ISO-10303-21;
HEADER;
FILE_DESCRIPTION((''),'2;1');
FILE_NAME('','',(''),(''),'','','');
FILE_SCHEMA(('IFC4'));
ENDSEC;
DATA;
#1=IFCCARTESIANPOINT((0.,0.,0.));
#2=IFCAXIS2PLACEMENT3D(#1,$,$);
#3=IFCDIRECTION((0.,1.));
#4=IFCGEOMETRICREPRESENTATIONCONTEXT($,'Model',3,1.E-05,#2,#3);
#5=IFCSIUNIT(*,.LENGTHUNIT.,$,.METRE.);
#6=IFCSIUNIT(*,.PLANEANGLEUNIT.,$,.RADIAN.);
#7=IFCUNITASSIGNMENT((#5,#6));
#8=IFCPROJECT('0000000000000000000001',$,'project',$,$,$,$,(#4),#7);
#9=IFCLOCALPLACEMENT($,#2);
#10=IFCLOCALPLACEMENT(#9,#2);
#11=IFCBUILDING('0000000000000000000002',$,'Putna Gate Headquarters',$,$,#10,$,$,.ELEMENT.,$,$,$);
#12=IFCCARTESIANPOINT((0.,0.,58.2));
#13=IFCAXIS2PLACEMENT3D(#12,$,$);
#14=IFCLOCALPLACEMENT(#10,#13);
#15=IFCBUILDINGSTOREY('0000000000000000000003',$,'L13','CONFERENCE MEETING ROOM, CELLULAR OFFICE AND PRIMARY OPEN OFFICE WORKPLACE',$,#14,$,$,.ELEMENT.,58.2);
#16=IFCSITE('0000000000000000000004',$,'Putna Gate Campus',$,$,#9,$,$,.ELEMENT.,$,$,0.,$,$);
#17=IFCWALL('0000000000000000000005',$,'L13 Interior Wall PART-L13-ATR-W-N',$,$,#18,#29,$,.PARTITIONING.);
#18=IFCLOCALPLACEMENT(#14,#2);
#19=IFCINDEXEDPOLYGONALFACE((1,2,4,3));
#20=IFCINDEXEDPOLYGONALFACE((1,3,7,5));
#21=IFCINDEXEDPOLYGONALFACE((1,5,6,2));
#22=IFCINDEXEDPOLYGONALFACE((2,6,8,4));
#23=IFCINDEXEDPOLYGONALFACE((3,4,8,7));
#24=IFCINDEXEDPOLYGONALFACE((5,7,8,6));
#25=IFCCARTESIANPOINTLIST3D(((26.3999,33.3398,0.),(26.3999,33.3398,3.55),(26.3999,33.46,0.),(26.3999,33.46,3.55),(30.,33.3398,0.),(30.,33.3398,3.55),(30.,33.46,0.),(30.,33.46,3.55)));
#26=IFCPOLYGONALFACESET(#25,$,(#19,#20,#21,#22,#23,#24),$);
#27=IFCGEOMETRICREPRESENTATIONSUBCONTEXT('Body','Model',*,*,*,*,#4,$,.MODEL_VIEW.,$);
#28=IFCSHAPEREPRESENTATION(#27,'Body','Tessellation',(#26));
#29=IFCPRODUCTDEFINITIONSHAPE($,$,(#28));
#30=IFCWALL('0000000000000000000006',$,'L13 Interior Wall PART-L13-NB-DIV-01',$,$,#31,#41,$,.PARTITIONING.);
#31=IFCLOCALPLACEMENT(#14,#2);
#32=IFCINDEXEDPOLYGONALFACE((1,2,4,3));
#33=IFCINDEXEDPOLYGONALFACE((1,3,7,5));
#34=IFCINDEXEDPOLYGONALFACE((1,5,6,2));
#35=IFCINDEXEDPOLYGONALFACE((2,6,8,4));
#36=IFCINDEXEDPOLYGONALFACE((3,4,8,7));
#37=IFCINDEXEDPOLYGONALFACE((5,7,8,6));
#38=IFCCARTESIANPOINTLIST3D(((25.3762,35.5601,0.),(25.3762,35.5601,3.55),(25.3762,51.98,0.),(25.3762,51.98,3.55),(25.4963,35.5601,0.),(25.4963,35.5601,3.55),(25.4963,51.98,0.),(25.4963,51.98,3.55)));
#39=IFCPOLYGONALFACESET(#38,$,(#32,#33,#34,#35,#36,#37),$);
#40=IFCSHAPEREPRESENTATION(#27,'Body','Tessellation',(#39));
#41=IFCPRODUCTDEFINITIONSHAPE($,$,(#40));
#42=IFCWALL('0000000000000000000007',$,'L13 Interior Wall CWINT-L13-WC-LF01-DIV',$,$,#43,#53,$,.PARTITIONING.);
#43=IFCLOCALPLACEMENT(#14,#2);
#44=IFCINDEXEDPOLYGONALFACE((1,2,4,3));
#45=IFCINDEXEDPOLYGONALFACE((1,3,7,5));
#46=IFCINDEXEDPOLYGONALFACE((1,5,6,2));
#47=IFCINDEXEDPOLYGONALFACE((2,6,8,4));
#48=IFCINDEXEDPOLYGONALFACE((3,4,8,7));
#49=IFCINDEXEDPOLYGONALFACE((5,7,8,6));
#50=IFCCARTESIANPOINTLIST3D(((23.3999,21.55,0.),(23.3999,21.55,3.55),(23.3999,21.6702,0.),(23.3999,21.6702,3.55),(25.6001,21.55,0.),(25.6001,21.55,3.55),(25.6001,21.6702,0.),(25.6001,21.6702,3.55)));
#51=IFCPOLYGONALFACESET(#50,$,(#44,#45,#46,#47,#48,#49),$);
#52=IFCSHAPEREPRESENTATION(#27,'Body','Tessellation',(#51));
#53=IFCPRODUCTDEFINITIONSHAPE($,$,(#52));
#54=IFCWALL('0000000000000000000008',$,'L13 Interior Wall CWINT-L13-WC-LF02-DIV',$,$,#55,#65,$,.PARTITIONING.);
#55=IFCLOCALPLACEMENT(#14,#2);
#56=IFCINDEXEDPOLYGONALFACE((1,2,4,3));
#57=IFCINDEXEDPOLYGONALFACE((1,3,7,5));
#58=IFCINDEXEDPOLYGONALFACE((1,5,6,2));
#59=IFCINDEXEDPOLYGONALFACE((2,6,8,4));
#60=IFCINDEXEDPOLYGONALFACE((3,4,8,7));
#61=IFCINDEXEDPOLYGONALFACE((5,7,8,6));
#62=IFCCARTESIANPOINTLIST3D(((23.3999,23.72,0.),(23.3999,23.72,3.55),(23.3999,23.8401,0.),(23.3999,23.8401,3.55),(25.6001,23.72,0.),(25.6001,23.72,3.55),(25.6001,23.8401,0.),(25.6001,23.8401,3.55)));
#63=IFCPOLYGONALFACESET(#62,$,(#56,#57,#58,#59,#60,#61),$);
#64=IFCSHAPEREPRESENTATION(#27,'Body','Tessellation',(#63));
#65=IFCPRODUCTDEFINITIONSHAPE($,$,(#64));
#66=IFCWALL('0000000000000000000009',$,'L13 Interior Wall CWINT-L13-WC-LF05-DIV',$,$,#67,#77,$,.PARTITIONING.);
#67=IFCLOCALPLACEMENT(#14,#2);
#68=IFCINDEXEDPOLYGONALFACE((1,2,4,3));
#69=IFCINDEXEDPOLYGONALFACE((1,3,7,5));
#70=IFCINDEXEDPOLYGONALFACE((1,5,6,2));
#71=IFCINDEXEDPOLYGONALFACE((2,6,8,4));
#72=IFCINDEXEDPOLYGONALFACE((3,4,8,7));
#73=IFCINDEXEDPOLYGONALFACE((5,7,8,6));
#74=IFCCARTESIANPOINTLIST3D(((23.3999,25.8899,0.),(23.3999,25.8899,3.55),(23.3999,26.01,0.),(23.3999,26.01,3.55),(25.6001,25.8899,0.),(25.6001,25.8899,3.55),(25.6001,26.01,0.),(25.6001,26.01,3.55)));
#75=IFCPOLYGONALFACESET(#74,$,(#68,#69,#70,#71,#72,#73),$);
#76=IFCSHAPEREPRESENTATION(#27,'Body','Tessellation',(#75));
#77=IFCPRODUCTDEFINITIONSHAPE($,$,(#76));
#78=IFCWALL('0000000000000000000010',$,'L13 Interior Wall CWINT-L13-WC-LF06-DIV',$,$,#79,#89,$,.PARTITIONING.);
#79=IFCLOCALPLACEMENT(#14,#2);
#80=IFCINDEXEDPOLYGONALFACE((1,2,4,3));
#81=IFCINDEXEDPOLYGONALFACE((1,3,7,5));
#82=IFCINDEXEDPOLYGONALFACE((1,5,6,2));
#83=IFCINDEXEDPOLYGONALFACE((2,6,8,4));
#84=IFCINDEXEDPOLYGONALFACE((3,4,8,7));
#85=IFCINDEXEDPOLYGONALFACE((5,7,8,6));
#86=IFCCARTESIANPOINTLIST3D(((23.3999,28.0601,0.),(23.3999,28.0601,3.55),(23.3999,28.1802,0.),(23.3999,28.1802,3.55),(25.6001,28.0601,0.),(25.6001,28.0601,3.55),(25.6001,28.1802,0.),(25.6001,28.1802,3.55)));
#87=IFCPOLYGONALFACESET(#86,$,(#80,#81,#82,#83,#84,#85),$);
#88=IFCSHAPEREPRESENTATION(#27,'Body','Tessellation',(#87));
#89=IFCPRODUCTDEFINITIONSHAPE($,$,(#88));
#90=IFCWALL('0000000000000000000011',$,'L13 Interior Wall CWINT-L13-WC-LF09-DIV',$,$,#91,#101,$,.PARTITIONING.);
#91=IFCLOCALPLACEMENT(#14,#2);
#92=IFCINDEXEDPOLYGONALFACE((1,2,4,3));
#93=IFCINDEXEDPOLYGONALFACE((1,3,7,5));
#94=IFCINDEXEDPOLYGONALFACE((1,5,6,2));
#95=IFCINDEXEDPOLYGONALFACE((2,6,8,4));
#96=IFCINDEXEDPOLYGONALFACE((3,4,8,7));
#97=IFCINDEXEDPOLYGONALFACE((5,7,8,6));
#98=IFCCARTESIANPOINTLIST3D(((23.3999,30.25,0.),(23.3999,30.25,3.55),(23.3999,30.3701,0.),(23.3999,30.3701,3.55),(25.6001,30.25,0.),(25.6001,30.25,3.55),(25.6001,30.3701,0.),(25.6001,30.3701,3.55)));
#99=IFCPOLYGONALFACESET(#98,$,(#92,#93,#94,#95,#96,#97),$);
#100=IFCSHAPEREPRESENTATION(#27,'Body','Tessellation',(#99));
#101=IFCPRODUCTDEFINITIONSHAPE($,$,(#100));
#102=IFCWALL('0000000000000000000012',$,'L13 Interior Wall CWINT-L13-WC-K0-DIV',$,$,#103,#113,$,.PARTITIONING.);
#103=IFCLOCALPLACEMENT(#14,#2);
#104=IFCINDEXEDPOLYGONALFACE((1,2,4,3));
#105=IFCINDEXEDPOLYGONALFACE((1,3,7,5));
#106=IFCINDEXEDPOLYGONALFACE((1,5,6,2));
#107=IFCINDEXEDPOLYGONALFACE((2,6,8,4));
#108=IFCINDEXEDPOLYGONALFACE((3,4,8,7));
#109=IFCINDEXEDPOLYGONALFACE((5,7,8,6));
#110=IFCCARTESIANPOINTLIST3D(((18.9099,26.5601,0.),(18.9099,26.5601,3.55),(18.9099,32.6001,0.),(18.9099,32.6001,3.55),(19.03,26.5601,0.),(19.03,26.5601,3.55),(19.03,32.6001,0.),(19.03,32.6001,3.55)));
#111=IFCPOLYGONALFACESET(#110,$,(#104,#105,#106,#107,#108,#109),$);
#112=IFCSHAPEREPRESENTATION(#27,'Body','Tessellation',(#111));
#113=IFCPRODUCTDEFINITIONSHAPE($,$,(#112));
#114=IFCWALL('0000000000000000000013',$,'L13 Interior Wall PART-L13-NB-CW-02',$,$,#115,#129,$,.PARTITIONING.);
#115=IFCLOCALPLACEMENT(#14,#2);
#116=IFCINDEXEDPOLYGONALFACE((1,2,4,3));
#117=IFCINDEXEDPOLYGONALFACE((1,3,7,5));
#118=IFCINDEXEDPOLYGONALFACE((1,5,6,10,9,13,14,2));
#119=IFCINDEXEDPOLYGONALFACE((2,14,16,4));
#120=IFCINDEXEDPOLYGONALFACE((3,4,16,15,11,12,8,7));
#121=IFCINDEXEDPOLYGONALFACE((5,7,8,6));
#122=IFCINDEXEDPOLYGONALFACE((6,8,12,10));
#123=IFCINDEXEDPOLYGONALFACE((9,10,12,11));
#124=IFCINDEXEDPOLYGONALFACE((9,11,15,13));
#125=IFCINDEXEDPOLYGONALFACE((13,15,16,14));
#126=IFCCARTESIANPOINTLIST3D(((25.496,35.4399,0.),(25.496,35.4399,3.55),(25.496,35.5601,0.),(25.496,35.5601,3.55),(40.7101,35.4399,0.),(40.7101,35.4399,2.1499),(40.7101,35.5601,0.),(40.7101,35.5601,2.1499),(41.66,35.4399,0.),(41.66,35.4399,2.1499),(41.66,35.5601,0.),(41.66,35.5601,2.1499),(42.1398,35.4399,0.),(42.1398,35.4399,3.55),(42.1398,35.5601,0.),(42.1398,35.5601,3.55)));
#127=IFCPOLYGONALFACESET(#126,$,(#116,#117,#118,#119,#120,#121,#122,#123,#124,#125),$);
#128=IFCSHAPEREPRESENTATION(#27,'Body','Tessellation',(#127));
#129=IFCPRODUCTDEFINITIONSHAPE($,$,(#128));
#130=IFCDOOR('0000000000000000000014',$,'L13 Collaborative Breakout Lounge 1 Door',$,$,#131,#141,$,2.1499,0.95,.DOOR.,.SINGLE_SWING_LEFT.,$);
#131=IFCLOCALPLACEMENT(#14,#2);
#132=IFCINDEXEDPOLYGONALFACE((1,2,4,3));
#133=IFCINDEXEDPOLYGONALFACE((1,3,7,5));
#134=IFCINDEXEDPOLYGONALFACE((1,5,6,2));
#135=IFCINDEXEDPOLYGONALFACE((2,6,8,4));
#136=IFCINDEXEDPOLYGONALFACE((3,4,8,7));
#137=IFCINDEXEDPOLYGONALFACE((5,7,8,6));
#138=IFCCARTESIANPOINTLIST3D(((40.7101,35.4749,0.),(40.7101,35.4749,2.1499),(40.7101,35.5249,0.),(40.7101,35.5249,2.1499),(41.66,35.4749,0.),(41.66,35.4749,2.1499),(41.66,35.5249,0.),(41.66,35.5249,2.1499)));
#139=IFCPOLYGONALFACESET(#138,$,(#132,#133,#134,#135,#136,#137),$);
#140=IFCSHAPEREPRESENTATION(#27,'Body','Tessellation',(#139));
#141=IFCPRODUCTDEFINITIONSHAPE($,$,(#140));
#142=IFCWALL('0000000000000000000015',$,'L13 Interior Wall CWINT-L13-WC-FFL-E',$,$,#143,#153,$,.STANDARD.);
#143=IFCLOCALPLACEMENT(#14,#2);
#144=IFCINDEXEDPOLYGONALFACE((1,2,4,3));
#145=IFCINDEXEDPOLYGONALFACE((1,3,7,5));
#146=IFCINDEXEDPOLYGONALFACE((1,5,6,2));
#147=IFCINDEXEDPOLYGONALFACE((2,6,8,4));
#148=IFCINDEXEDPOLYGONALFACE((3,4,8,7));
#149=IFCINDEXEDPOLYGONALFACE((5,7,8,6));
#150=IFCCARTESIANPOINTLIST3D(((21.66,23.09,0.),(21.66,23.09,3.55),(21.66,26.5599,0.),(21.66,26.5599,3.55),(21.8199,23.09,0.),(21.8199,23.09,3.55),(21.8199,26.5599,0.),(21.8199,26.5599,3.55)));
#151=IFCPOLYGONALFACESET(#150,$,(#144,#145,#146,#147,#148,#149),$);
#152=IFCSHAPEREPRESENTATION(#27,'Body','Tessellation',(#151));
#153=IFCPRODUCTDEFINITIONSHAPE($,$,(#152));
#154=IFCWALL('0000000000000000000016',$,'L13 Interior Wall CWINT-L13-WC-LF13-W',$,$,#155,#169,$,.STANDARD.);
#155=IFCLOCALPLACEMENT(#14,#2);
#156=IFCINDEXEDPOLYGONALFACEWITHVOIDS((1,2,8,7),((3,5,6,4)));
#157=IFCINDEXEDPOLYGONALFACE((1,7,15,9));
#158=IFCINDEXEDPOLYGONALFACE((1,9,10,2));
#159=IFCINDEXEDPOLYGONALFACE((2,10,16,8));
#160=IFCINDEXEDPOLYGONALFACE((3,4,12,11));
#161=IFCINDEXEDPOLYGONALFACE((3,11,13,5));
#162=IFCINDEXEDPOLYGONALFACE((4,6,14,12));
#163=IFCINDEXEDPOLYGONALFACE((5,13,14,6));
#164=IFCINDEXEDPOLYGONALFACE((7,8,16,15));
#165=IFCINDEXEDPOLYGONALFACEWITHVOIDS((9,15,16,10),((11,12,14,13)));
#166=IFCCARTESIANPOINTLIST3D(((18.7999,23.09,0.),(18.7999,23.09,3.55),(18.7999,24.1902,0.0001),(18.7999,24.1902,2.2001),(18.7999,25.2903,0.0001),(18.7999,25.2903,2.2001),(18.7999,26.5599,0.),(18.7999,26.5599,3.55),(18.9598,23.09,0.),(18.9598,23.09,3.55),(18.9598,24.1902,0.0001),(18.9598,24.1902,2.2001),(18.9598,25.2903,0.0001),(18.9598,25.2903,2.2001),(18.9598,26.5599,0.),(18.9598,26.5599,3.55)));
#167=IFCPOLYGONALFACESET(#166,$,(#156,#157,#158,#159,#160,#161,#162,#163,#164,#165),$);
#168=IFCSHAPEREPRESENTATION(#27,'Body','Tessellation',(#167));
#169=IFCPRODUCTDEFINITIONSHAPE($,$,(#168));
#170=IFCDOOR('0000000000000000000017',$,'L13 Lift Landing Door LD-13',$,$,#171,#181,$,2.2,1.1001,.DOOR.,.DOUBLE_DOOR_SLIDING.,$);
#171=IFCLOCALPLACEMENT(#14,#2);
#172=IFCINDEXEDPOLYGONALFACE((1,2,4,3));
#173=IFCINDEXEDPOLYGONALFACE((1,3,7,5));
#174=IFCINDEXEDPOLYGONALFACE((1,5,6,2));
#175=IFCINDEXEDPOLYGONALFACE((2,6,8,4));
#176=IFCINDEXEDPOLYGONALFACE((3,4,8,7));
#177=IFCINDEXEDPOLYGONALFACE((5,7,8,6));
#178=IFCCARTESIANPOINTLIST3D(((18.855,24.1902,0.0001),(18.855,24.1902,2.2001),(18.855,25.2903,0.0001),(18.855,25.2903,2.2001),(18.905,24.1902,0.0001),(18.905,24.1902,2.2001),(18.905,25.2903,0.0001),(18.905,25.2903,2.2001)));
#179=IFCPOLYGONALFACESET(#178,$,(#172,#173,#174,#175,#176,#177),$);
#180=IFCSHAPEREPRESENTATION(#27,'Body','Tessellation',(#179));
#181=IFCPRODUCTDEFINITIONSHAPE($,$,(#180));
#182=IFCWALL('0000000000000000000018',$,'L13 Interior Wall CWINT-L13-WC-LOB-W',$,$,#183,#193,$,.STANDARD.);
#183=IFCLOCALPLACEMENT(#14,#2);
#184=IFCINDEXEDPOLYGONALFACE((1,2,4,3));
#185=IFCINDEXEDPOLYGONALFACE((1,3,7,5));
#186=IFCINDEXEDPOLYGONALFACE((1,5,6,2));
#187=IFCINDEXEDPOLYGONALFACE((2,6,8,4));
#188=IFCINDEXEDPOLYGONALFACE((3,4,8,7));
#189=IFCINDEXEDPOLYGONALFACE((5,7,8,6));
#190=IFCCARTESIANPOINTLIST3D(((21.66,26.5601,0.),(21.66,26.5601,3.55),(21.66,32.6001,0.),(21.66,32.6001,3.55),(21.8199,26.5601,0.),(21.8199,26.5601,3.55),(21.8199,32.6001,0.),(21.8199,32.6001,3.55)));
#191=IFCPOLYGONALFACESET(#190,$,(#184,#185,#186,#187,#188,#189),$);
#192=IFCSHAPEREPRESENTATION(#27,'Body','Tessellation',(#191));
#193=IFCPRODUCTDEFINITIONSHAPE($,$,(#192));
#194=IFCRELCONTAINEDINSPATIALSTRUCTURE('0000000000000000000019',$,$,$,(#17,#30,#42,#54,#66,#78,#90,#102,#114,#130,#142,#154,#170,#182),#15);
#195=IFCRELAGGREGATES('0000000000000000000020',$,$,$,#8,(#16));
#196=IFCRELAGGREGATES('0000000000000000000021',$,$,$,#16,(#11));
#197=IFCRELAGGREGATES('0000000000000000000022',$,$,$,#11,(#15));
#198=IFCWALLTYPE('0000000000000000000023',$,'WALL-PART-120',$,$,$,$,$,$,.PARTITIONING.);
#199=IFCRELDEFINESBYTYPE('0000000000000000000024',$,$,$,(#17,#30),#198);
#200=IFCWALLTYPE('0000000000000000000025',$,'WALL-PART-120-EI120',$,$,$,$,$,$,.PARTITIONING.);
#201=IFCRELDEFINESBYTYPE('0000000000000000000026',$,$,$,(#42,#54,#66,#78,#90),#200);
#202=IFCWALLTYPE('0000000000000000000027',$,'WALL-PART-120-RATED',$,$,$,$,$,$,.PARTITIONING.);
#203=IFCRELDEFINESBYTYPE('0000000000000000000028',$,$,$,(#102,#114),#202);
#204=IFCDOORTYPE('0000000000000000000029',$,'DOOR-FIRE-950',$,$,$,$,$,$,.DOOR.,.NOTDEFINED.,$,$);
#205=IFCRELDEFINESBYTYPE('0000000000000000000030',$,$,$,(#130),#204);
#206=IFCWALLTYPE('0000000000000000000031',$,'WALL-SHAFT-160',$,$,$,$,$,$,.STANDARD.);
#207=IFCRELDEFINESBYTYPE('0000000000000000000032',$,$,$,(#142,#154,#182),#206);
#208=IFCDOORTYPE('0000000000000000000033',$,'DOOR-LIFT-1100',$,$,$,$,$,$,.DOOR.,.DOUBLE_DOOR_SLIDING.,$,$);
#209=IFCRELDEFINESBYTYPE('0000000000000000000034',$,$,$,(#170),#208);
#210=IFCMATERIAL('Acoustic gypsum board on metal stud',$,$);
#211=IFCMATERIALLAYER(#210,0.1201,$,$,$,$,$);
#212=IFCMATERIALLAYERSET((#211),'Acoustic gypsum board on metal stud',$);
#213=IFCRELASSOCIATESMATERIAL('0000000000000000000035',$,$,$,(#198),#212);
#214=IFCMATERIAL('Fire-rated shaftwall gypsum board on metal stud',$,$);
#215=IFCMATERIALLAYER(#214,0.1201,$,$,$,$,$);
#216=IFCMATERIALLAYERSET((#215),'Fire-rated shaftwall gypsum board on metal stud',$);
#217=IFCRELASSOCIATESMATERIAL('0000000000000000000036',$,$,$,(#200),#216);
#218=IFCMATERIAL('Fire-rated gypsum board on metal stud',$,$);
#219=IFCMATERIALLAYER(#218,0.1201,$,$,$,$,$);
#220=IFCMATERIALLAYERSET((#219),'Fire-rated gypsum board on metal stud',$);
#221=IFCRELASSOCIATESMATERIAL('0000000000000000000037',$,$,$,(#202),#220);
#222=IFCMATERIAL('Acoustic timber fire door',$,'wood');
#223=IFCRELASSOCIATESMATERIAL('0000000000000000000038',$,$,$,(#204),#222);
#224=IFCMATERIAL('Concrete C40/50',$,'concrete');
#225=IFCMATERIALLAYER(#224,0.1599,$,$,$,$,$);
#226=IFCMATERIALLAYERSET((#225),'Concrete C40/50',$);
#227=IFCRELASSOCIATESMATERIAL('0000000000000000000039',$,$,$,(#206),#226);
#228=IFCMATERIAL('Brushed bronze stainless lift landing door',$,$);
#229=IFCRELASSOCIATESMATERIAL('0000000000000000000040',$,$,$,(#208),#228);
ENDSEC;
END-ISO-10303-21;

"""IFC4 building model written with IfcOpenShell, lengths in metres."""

from ifc_helpers import new_model, si_unit, direction, frame, frame_2d, origin, place, context, subcontext, project, spatial, rectangle, extrude, material, layer, layer_set, type_object, element, fill, save


model = new_model("IFC4")

# Units and contexts
model_context = context("Model", 3, precision=1e-05, world=origin(), true_north=direction((0.0, 1.0)))
body_context = subcontext(model_context, "Body", "Model", "MODEL_VIEW")
ifc_project = project(units=[si_unit("LENGTHUNIT", "METRE"), si_unit("PLANEANGLEUNIT", "RADIAN")], contexts=[model_context])

# Site, building, storey
site_placement = place(None, origin())
site = spatial("IfcSite", under=ifc_project, at=site_placement, Name="Putna Gate Campus", CompositionType="ELEMENT", RefElevation=0.0)
building_placement = place(site_placement, origin())
building = spatial("IfcBuilding", under=site, at=building_placement, Name="Putna Gate Headquarters", CompositionType="ELEMENT")
storey_placement = place(building_placement, frame((0.0, 0.0, 58.2)))
storey = spatial("IfcBuildingStorey", under=building, at=storey_placement, Name="L13", Description="CONFERENCE MEETING ROOM, CELLULAR OFFICE AND PRIMARY OPEN OFFICE WORKPLACE", CompositionType="ELEMENT", Elevation=58.2)

# Walls
ifc_material_1 = material(Name="Acoustic gypsum board on metal stud")
ifc_layer_1 = layer(ifc_material_1, 0.1201)
ifc_layer_set_1 = layer_set([ifc_layer_1], Name="Acoustic gypsum board on metal stud")
wall_type_1 = type_object("IfcWallType", Name="WALL-PART-120", PredefinedType="PARTITIONING", material=ifc_layer_set_1)
wall_1_placement = place(storey_placement, frame((26.3999, 33.3999, 0.0), z_axis=(0.0, 0.0, 1.0), x_axis=(1.0, 0.0, 0.0)))
element("IfcWall", 1, at=wall_1_placement, inside=storey, type_object=wall_type_1, Name="L13 Interior Wall PART-L13-ATR-W-N", PredefinedType="PARTITIONING", context=body_context, shape_type="SweptSolid", body=[
    extrude(rectangle(XDim=3.6001, YDim=0.1201, at=frame_2d((1.8, 0.0))), origin(), (0.0, 0.0, 1.0), 3.55),
])
wall_2_placement = place(storey_placement, frame((25.4363, 35.5601, 0.0), z_axis=(0.0, 0.0, 1.0), x_axis=(0.0, 1.0, 0.0)))
element("IfcWall", 2, at=wall_2_placement, inside=storey, type_object=wall_type_1, Name="L13 Interior Wall PART-L13-NB-DIV-01", PredefinedType="PARTITIONING", context=body_context, shape_type="SweptSolid", body=[
    extrude(rectangle(XDim=16.4199, YDim=0.1201, at=frame_2d((8.21, 0.0))), origin(), (0.0, 0.0, 1.0), 3.55),
])
ifc_material_2 = material(Name="Fire-rated shaftwall gypsum board on metal stud")
ifc_layer_2 = layer(ifc_material_2, 0.1201)
ifc_layer_set_2 = layer_set([ifc_layer_2], Name="Fire-rated shaftwall gypsum board on metal stud")
wall_type_2 = type_object("IfcWallType", Name="WALL-PART-120-EI120", PredefinedType="PARTITIONING", material=ifc_layer_set_2)
for number, where, z_axis, x_axis, name in (
    (3, (23.3999, 21.6101, 0.0), (0.0, 0.0, 1.0), (1.0, 0.0, 0.0), "L13 Interior Wall CWINT-L13-WC-LF01-DIV"),
    (4, (23.3999, 23.78, 0.0), (0.0, 0.0, 1.0), (1.0, 0.0, 0.0), "L13 Interior Wall CWINT-L13-WC-LF02-DIV"),
    (5, (23.3999, 25.95, 0.0), (0.0, 0.0, 1.0), (1.0, 0.0, 0.0), "L13 Interior Wall CWINT-L13-WC-LF05-DIV"),
    (6, (23.3999, 28.1201, 0.0), (0.0, 0.0, 1.0), (1.0, 0.0, 0.0), "L13 Interior Wall CWINT-L13-WC-LF06-DIV"),
    (7, (23.3999, 30.3101, 0.0), (0.0, 0.0, 1.0), (1.0, 0.0, 0.0), "L13 Interior Wall CWINT-L13-WC-LF09-DIV"),
):
    element("IfcWall", number, at=place(storey_placement, frame(where, z_axis=z_axis, x_axis=x_axis)), inside=storey, type_object=wall_type_2, Name=name, PredefinedType="PARTITIONING", context=body_context, shape_type="SweptSolid", body=[
        extrude(rectangle(XDim=2.2002, YDim=0.1201, at=frame_2d((1.1001, 0.0))), origin(), (0.0, 0.0, 1.0), 3.55),
    ])
ifc_material_3 = material(Name="Fire-rated gypsum board on metal stud")
ifc_layer_3 = layer(ifc_material_3, 0.1201)
ifc_layer_set_3 = layer_set([ifc_layer_3], Name="Fire-rated gypsum board on metal stud")
wall_type_3 = type_object("IfcWallType", Name="WALL-PART-120-RATED", PredefinedType="PARTITIONING", material=ifc_layer_set_3)
wall_3_placement = place(storey_placement, frame((18.97, 26.5601, 0.0), z_axis=(0.0, 0.0, 1.0), x_axis=(0.0, 1.0, 0.0)))
element("IfcWall", 8, at=wall_3_placement, inside=storey, type_object=wall_type_3, Name="L13 Interior Wall CWINT-L13-WC-K0-DIV", PredefinedType="PARTITIONING", context=body_context, shape_type="SweptSolid", body=[
    extrude(rectangle(XDim=6.04, YDim=0.1201, at=frame_2d((3.02, 0.0))), origin(), (0.0, 0.0, 1.0), 3.55),
])

# Wall, opening, door
wall_4_placement = place(storey_placement, frame((25.4961, 35.5, 0.0), z_axis=(0.0, 0.0, 1.0), x_axis=(1.0, 0.0, 0.0)))
wall_4 = element("IfcWall", 9, at=wall_4_placement, inside=storey, type_object=wall_type_3, Name="L13 Interior Wall PART-L13-NB-CW-02", PredefinedType="PARTITIONING", context=body_context, shape_type="SweptSolid", body=[
    extrude(rectangle(XDim=16.6438, YDim=0.1201, at=frame_2d((8.3218, 0.0))), origin(), (0.0, 0.0, 1.0), 3.55),
])
opening_1_placement = place(wall_4_placement, frame((15.2139, 0.0, 0.0)))
opening_1 = element("IfcOpeningElement", 10, at=opening_1_placement, cuts=wall_4, PredefinedType="OPENING", context=body_context, shape_type="SweptSolid", body=[
    extrude(rectangle(XDim=0.95, YDim=2.1499, at=frame_2d((0.4751, 1.075))), frame((0.0, 0.0701, 0.0), z_axis=(0.0, -1.0, 0.0), x_axis=(1.0, 0.0, 0.0)), (0.0, 0.0, 1.0), 0.1401),
])
ifc_material_4 = material(Name="Acoustic timber fire door", Category="wood")
door_type_1 = type_object("IfcDoorType", Name="DOOR-FIRE-950", OperationType="NOTDEFINED", PredefinedType="DOOR", material=ifc_material_4)
door_1_placement = place(opening_1_placement, origin())
door_1 = element("IfcDoor", 11, at=door_1_placement, inside=storey, type_object=door_type_1, Name="L13 Collaborative Breakout Lounge 1 Door", OperationType="SINGLE_SWING_LEFT", OverallHeight=2.1499, OverallWidth=0.95, PredefinedType="DOOR", context=body_context, shape_type="SweptSolid", body=[
    extrude(rectangle(XDim=0.95, YDim=2.1499, at=frame_2d((0.4751, 1.075))), frame((0.0, 0.0249, 0.0), z_axis=(0.0, -1.0, 0.0), x_axis=(1.0, 0.0, 0.0)), (0.0, 0.0, 1.0), 0.05),
])
fill(opening_1, door_1)

# Wall
ifc_material_5 = material(Name="Concrete C40/50", Category="concrete")
ifc_layer_4 = layer(ifc_material_5, 0.1599)
ifc_layer_set_4 = layer_set([ifc_layer_4], Name="Concrete C40/50")
wall_type_4 = type_object("IfcWallType", Name="WALL-SHAFT-160", PredefinedType="STANDARD", material=ifc_layer_set_4)
wall_5_placement = place(storey_placement, frame((21.74, 23.0901, 0.0), z_axis=(0.0, 0.0, 1.0), x_axis=(0.0, 1.0, 0.0)))
element("IfcWall", 12, at=wall_5_placement, inside=storey, type_object=wall_type_4, Name="L13 Interior Wall CWINT-L13-WC-FFL-E", PredefinedType="STANDARD", context=body_context, shape_type="SweptSolid", body=[
    extrude(rectangle(XDim=3.47, YDim=0.1599, at=frame_2d((1.7349, 0.0))), origin(), (0.0, 0.0, 1.0), 3.55),
])

# Wall, opening, door
wall_6_placement = place(storey_placement, frame((18.8799, 23.0901, 0.0), z_axis=(0.0, 0.0, 1.0), x_axis=(0.0, 1.0, 0.0)))
wall_6 = element("IfcWall", 13, at=wall_6_placement, inside=storey, type_object=wall_type_4, Name="L13 Interior Wall CWINT-L13-WC-LF13-W", PredefinedType="STANDARD", context=body_context, shape_type="SweptSolid", body=[
    extrude(rectangle(XDim=3.47, YDim=0.1599, at=frame_2d((1.7349, 0.0))), origin(), (0.0, 0.0, 1.0), 3.55),
])
opening_2_placement = place(wall_6_placement, frame((1.1001, 0.0, 0.0)))
opening_2 = element("IfcOpeningElement", 14, at=opening_2_placement, cuts=wall_6, PredefinedType="OPENING", context=body_context, shape_type="SweptSolid", body=[
    extrude(rectangle(XDim=1.1001, YDim=2.2, at=frame_2d((0.55, 1.1001))), frame((0.0, 0.0898, 0.0), z_axis=(0.0, -1.0, 0.0), x_axis=(1.0, 0.0, 0.0)), (0.0, 0.0, 1.0), 0.1799),
])
ifc_material_6 = material(Name="Brushed bronze stainless lift landing door")
door_type_2 = type_object("IfcDoorType", Name="DOOR-LIFT-1100", OperationType="DOUBLE_DOOR_SLIDING", PredefinedType="DOOR", material=ifc_material_6)
door_2_placement = place(opening_2_placement, origin())
door_2 = element("IfcDoor", 15, at=door_2_placement, inside=storey, type_object=door_type_2, Name="L13 Lift Landing Door LD-13", OperationType="DOUBLE_DOOR_SLIDING", OverallHeight=2.2, OverallWidth=1.1001, PredefinedType="DOOR", context=body_context, shape_type="SweptSolid", body=[
    extrude(rectangle(XDim=1.1001, YDim=2.2, at=frame_2d((0.55, 1.1001))), frame((0.0, 0.0249, 0.0), z_axis=(0.0, -1.0, 0.0), x_axis=(1.0, 0.0, 0.0)), (0.0, 0.0, 1.0), 0.05),
])
fill(opening_2, door_2)

# Wall
wall_7_placement = place(storey_placement, frame((21.74, 26.5601, 0.0), z_axis=(0.0, 0.0, 1.0), x_axis=(0.0, 1.0, 0.0)))
element("IfcWall", 16, at=wall_7_placement, inside=storey, type_object=wall_type_4, Name="L13 Interior Wall CWINT-L13-WC-LOB-W", PredefinedType="STANDARD", context=body_context, shape_type="SweptSolid", body=[
    extrude(rectangle(XDim=6.04, YDim=0.1599, at=frame_2d((3.02, 0.0))), origin(), (0.0, 0.0, 1.0), 3.55),
])

save(model, "model.ifc")
